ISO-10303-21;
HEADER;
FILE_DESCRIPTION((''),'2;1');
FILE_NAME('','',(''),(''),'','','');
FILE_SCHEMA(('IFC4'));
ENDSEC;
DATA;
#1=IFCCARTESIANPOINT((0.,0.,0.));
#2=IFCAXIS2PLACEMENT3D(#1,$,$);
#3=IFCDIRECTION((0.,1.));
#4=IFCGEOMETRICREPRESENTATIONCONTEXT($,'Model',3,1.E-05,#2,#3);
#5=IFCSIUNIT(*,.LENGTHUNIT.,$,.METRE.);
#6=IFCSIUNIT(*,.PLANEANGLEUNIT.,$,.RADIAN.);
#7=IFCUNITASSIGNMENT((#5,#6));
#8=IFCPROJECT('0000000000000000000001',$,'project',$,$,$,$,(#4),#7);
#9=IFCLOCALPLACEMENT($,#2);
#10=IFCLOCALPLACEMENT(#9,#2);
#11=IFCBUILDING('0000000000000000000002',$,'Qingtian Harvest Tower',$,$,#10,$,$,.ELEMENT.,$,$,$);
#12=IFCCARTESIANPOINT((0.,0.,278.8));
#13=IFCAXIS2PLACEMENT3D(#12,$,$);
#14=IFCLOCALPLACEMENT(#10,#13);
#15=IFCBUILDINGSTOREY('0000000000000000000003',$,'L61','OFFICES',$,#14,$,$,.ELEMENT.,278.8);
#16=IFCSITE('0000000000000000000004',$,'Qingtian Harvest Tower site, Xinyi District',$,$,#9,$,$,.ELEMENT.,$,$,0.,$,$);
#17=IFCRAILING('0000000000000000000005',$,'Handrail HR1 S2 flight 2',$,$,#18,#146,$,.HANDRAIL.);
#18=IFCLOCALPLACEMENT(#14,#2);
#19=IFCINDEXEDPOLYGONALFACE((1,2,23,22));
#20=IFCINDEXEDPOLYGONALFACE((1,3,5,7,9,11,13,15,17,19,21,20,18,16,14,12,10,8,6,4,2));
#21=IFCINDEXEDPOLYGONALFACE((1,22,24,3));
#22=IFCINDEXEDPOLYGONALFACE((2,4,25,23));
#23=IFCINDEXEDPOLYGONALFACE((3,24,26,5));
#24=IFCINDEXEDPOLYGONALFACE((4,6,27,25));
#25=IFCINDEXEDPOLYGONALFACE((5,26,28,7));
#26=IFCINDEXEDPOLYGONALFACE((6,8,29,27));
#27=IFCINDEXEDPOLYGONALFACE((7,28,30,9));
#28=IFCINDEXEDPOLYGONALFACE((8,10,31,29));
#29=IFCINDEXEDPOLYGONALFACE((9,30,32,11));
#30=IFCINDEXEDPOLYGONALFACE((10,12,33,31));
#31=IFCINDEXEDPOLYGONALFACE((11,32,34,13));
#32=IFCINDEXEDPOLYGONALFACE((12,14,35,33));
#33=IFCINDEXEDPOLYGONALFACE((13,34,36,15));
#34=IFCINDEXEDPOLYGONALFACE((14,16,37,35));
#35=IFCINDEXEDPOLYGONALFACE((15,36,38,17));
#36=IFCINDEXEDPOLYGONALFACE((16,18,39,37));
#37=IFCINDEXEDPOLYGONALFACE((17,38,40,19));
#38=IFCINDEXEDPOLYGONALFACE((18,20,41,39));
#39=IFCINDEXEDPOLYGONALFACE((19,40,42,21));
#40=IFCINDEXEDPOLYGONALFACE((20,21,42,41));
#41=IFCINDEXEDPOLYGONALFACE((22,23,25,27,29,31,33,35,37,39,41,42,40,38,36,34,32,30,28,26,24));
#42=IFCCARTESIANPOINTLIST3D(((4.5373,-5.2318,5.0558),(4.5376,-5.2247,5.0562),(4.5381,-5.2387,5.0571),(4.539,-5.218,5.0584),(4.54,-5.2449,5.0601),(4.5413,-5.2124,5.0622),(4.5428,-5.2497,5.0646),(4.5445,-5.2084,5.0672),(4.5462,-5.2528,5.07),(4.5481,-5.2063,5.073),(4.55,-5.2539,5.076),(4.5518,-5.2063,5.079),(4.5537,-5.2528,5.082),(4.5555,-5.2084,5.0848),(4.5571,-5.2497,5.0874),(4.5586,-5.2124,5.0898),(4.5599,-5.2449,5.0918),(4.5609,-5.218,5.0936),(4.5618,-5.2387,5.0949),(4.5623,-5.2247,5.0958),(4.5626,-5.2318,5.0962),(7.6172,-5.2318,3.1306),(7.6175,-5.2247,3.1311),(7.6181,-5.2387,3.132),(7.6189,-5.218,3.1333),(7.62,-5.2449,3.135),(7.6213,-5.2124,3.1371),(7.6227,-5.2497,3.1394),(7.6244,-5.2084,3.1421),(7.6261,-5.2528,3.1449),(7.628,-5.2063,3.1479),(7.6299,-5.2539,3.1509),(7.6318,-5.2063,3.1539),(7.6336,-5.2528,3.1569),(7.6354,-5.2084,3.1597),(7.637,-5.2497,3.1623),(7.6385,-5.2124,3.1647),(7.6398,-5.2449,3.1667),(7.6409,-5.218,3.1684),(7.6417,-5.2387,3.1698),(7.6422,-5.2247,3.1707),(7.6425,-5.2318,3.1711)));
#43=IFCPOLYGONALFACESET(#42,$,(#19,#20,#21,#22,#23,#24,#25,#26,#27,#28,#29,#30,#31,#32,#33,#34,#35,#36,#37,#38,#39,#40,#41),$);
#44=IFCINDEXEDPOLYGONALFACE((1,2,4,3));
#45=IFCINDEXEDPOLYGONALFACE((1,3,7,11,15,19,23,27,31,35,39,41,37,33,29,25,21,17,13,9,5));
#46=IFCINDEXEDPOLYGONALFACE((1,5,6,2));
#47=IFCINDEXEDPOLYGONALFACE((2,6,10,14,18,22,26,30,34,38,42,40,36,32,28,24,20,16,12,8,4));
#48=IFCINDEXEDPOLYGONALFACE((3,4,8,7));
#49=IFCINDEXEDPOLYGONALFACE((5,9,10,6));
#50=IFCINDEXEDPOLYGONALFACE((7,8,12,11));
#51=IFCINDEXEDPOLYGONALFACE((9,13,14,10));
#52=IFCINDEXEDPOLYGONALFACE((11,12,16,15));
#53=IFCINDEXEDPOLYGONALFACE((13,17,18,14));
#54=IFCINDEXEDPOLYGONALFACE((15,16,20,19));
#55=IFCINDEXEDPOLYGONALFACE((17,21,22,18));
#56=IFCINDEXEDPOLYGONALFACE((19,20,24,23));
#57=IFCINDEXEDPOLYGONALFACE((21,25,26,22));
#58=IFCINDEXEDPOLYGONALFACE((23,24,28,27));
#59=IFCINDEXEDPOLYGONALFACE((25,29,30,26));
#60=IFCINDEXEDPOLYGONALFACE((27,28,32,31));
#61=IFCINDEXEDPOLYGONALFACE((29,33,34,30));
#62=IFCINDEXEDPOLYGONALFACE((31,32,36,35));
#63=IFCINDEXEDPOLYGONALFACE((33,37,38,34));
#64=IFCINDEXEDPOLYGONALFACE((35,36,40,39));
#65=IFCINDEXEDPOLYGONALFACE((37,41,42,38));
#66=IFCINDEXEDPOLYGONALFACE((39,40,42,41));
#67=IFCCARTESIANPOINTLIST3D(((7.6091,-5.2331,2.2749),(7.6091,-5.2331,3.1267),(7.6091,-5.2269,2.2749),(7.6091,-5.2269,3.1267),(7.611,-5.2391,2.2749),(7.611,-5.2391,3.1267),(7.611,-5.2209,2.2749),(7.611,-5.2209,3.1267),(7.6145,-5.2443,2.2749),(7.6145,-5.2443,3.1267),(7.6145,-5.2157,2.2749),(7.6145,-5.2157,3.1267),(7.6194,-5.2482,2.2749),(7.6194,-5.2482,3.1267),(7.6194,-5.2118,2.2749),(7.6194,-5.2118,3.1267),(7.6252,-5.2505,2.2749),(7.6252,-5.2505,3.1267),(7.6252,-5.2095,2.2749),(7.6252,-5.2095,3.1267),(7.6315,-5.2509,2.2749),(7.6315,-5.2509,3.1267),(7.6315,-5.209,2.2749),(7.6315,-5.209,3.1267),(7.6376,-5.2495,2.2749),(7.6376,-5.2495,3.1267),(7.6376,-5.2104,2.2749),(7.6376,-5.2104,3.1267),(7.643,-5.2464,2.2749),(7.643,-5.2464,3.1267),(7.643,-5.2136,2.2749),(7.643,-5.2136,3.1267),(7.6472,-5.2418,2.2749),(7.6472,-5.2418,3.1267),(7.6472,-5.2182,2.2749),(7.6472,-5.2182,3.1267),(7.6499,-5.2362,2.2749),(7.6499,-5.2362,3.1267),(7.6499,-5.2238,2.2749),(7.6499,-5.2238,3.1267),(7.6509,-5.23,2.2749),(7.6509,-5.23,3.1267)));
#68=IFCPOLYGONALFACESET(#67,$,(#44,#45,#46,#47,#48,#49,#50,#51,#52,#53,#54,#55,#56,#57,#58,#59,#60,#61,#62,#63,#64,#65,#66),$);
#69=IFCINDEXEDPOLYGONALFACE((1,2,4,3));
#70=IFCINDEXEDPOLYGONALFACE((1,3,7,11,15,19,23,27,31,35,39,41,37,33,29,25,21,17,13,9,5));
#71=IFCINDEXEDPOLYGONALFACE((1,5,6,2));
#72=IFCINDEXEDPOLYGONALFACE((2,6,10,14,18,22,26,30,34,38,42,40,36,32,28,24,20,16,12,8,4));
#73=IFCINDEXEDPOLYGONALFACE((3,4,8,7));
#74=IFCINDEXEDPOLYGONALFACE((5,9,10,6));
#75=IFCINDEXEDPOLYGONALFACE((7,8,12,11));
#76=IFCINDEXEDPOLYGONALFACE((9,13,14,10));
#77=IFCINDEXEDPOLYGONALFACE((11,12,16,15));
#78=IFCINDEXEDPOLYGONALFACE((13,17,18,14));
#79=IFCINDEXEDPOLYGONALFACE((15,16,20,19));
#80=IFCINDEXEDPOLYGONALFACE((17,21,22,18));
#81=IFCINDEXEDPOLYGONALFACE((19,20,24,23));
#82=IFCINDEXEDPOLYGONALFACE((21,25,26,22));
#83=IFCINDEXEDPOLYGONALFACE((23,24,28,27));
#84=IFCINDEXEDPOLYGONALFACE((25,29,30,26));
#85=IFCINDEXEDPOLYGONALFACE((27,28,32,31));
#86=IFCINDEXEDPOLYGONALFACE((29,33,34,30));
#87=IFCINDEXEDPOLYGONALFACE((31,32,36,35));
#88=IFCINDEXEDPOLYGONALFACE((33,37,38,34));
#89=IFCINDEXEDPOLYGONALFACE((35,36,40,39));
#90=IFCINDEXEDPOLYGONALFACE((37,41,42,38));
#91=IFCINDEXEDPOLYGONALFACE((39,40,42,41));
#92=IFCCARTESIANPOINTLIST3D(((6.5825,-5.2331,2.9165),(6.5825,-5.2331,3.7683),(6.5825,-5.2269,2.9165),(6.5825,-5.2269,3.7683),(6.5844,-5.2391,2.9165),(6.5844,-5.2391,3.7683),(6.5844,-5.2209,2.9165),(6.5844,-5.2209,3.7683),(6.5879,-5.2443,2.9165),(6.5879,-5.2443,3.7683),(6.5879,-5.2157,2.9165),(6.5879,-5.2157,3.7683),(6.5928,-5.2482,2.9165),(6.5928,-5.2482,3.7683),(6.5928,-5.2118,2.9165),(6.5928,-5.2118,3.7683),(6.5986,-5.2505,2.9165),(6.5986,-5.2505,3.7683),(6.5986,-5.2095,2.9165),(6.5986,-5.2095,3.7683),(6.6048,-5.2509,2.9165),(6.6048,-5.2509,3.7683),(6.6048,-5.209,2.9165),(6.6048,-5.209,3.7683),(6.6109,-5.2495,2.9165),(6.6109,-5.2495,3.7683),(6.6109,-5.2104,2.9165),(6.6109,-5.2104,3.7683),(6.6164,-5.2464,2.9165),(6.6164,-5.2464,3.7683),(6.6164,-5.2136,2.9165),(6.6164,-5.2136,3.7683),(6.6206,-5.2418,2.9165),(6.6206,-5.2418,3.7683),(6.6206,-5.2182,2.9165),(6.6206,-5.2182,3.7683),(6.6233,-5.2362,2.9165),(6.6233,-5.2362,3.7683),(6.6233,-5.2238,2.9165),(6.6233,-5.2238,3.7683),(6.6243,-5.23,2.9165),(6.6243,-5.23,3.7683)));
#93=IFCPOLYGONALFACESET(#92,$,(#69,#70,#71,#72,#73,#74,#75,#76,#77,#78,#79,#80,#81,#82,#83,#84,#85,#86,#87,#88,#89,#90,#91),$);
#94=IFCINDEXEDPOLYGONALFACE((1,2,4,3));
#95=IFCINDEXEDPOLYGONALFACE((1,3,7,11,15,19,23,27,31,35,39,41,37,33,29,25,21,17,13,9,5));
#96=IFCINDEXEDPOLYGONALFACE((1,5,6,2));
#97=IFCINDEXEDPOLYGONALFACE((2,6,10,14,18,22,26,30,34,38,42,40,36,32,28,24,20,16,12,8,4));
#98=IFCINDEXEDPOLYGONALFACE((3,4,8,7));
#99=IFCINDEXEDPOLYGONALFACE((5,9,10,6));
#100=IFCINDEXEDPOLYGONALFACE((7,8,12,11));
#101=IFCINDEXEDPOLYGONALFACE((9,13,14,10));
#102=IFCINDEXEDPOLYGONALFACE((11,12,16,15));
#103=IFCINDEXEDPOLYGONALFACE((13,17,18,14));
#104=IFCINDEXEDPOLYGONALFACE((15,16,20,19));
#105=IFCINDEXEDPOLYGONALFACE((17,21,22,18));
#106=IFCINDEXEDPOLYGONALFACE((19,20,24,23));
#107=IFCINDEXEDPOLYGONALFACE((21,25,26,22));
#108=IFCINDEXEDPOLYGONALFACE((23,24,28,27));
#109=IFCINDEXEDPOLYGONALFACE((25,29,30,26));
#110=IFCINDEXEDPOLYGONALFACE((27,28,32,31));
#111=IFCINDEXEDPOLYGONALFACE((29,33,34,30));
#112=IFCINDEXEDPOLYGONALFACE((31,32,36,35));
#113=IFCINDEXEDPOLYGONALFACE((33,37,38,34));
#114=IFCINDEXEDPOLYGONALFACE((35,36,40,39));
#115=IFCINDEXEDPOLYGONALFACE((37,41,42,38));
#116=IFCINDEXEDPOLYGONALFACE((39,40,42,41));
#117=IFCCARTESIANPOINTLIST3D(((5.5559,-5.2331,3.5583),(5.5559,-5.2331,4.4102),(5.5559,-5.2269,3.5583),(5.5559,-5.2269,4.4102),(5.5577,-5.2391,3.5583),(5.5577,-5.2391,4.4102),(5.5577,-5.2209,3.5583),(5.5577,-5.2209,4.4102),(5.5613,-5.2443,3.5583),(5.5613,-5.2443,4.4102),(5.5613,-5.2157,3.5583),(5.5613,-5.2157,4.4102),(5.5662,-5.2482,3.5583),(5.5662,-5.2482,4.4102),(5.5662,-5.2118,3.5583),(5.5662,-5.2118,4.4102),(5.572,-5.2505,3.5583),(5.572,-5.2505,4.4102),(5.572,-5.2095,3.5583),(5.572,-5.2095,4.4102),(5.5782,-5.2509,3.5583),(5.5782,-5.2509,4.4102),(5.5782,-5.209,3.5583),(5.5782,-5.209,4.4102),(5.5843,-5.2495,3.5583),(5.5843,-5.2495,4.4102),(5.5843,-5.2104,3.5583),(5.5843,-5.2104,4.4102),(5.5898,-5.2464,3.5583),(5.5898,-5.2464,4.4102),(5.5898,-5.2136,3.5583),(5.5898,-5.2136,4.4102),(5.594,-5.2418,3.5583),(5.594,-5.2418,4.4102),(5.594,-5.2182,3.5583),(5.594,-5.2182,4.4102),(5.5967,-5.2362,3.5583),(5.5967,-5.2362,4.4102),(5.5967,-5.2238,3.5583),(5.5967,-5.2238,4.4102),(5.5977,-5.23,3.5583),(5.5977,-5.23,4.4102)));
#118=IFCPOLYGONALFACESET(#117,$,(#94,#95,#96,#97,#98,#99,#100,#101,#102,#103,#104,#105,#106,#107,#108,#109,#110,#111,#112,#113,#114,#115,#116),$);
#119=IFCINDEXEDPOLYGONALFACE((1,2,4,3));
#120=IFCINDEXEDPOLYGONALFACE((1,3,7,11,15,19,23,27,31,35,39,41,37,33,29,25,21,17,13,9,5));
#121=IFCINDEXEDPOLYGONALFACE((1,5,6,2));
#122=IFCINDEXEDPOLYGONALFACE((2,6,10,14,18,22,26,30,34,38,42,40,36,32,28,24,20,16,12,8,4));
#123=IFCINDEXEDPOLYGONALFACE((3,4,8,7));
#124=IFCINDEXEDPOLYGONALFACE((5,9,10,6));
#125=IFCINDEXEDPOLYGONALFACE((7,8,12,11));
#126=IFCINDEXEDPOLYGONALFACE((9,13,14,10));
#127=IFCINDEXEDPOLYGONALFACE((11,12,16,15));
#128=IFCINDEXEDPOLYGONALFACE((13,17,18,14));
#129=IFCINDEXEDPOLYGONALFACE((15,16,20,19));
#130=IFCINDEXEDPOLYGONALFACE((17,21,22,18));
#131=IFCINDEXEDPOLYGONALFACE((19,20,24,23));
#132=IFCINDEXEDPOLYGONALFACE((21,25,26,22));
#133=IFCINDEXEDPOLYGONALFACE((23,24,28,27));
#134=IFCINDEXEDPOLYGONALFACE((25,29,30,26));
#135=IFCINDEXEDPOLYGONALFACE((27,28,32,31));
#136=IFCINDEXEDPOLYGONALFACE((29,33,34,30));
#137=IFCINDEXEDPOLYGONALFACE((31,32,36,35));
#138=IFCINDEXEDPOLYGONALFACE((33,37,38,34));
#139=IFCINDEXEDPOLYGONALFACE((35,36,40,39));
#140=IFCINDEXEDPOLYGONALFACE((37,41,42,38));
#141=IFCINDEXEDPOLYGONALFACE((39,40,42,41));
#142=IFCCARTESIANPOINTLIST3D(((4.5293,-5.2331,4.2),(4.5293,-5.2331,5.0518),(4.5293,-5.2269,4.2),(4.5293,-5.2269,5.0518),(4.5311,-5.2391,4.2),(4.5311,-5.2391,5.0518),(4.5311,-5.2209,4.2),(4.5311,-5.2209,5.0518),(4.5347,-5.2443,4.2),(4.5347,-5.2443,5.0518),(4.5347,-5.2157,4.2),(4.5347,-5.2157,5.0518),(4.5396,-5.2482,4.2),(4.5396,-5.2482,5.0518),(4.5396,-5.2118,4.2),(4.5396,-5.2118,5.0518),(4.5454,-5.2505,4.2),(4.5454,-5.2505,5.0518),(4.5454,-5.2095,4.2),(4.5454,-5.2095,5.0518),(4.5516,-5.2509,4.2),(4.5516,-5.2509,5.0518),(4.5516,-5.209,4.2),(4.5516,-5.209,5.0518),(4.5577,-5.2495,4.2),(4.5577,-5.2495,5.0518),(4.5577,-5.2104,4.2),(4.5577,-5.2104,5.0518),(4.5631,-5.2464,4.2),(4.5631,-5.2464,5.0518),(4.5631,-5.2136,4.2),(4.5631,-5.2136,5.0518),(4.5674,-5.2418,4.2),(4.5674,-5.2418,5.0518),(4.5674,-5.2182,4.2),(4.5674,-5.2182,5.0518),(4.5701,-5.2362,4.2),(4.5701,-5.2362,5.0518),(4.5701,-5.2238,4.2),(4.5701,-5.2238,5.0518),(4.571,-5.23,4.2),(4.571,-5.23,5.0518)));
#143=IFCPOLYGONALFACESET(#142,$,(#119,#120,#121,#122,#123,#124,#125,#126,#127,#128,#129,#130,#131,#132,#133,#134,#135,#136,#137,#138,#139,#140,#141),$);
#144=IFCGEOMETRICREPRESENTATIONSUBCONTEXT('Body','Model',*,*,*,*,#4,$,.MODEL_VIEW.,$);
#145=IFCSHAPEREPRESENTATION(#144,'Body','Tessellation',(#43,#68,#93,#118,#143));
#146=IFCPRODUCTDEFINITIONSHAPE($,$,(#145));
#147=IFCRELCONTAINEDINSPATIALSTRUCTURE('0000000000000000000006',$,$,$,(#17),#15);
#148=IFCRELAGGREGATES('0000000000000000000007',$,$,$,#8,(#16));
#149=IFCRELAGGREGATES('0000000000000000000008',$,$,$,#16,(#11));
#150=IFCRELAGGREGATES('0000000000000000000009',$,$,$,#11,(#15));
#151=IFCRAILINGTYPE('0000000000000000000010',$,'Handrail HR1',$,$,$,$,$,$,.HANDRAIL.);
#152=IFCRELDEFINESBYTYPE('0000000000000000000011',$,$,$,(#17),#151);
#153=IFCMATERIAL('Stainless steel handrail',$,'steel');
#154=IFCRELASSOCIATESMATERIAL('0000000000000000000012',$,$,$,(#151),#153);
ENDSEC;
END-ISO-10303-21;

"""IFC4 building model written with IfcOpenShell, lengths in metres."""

from ifc_helpers import new_model, si_unit, direction, frame, origin, origin_2d, place, context, subcontext, project, spatial, circle, extrude, material, type_object, element, save


model = new_model("IFC4")

# Units and contexts
model_context = context("Model", 3, precision=1e-05, world=origin(), true_north=direction((0.0, 1.0)))
body_context = subcontext(model_context, "Body", "Model", "MODEL_VIEW")
ifc_project = project(units=[si_unit("LENGTHUNIT", "METRE"), si_unit("PLANEANGLEUNIT", "RADIAN")], contexts=[model_context])

# Site, building, storey
site_placement = place(None, origin())
site = spatial("IfcSite", under=ifc_project, at=site_placement, Name="Qingtian Harvest Tower site, Xinyi District", CompositionType="ELEMENT", RefElevation=0.0)
building_placement = place(site_placement, origin())
building = spatial("IfcBuilding", under=site, at=building_placement, Name="Qingtian Harvest Tower", CompositionType="ELEMENT")
storey_placement = place(building_placement, frame((0.0, 0.0, 278.8)))
storey = spatial("IfcBuildingStorey", under=building, at=storey_placement, Name="L61", Description="OFFICES", CompositionType="ELEMENT", Elevation=278.8)

# Railing
ifc_material_1 = material(Name="Stainless steel handrail", Category="steel")
railing_type = type_object("IfcRailingType", Name="Handrail HR1", PredefinedType="HANDRAIL", material=ifc_material_1)
railing_1_placement = place(storey_placement, frame((7.6299, -5.23, 2.2749)))
element("IfcRailing", 1, at=railing_1_placement, inside=storey, type_object=railing_type, Name="Handrail HR1 S2 flight 2", PredefinedType="HANDRAIL", context=body_context, shape_type="SweptSolid", body=[
    extrude(circle(Radius=0.0239, at=origin_2d()), frame((0.0, 0.0, 0.876), z_axis=(-0.847979, 0.0, 0.530029), x_axis=(0.0, -1.0, 0.0)), (0.0, 0.0, 1.0), 3.6321),
    extrude(circle(Radius=0.021, at=origin_2d()), origin(), (0.0, 0.0, 1.0), 0.8518),
    extrude(circle(Radius=0.021, at=origin_2d()), frame((-1.0266, 0.0, 0.6416)), (0.0, 0.0, 1.0), 0.8518),
    extrude(circle(Radius=0.021, at=origin_2d()), frame((-2.0532, 0.0, 1.2834)), (0.0, 0.0, 1.0), 0.8518),
    extrude(circle(Radius=0.021, at=origin_2d()), frame((-3.0798, 0.0, 1.925)), (0.0, 0.0, 1.0), 0.8518),
])

save(model, "model.ifc")
